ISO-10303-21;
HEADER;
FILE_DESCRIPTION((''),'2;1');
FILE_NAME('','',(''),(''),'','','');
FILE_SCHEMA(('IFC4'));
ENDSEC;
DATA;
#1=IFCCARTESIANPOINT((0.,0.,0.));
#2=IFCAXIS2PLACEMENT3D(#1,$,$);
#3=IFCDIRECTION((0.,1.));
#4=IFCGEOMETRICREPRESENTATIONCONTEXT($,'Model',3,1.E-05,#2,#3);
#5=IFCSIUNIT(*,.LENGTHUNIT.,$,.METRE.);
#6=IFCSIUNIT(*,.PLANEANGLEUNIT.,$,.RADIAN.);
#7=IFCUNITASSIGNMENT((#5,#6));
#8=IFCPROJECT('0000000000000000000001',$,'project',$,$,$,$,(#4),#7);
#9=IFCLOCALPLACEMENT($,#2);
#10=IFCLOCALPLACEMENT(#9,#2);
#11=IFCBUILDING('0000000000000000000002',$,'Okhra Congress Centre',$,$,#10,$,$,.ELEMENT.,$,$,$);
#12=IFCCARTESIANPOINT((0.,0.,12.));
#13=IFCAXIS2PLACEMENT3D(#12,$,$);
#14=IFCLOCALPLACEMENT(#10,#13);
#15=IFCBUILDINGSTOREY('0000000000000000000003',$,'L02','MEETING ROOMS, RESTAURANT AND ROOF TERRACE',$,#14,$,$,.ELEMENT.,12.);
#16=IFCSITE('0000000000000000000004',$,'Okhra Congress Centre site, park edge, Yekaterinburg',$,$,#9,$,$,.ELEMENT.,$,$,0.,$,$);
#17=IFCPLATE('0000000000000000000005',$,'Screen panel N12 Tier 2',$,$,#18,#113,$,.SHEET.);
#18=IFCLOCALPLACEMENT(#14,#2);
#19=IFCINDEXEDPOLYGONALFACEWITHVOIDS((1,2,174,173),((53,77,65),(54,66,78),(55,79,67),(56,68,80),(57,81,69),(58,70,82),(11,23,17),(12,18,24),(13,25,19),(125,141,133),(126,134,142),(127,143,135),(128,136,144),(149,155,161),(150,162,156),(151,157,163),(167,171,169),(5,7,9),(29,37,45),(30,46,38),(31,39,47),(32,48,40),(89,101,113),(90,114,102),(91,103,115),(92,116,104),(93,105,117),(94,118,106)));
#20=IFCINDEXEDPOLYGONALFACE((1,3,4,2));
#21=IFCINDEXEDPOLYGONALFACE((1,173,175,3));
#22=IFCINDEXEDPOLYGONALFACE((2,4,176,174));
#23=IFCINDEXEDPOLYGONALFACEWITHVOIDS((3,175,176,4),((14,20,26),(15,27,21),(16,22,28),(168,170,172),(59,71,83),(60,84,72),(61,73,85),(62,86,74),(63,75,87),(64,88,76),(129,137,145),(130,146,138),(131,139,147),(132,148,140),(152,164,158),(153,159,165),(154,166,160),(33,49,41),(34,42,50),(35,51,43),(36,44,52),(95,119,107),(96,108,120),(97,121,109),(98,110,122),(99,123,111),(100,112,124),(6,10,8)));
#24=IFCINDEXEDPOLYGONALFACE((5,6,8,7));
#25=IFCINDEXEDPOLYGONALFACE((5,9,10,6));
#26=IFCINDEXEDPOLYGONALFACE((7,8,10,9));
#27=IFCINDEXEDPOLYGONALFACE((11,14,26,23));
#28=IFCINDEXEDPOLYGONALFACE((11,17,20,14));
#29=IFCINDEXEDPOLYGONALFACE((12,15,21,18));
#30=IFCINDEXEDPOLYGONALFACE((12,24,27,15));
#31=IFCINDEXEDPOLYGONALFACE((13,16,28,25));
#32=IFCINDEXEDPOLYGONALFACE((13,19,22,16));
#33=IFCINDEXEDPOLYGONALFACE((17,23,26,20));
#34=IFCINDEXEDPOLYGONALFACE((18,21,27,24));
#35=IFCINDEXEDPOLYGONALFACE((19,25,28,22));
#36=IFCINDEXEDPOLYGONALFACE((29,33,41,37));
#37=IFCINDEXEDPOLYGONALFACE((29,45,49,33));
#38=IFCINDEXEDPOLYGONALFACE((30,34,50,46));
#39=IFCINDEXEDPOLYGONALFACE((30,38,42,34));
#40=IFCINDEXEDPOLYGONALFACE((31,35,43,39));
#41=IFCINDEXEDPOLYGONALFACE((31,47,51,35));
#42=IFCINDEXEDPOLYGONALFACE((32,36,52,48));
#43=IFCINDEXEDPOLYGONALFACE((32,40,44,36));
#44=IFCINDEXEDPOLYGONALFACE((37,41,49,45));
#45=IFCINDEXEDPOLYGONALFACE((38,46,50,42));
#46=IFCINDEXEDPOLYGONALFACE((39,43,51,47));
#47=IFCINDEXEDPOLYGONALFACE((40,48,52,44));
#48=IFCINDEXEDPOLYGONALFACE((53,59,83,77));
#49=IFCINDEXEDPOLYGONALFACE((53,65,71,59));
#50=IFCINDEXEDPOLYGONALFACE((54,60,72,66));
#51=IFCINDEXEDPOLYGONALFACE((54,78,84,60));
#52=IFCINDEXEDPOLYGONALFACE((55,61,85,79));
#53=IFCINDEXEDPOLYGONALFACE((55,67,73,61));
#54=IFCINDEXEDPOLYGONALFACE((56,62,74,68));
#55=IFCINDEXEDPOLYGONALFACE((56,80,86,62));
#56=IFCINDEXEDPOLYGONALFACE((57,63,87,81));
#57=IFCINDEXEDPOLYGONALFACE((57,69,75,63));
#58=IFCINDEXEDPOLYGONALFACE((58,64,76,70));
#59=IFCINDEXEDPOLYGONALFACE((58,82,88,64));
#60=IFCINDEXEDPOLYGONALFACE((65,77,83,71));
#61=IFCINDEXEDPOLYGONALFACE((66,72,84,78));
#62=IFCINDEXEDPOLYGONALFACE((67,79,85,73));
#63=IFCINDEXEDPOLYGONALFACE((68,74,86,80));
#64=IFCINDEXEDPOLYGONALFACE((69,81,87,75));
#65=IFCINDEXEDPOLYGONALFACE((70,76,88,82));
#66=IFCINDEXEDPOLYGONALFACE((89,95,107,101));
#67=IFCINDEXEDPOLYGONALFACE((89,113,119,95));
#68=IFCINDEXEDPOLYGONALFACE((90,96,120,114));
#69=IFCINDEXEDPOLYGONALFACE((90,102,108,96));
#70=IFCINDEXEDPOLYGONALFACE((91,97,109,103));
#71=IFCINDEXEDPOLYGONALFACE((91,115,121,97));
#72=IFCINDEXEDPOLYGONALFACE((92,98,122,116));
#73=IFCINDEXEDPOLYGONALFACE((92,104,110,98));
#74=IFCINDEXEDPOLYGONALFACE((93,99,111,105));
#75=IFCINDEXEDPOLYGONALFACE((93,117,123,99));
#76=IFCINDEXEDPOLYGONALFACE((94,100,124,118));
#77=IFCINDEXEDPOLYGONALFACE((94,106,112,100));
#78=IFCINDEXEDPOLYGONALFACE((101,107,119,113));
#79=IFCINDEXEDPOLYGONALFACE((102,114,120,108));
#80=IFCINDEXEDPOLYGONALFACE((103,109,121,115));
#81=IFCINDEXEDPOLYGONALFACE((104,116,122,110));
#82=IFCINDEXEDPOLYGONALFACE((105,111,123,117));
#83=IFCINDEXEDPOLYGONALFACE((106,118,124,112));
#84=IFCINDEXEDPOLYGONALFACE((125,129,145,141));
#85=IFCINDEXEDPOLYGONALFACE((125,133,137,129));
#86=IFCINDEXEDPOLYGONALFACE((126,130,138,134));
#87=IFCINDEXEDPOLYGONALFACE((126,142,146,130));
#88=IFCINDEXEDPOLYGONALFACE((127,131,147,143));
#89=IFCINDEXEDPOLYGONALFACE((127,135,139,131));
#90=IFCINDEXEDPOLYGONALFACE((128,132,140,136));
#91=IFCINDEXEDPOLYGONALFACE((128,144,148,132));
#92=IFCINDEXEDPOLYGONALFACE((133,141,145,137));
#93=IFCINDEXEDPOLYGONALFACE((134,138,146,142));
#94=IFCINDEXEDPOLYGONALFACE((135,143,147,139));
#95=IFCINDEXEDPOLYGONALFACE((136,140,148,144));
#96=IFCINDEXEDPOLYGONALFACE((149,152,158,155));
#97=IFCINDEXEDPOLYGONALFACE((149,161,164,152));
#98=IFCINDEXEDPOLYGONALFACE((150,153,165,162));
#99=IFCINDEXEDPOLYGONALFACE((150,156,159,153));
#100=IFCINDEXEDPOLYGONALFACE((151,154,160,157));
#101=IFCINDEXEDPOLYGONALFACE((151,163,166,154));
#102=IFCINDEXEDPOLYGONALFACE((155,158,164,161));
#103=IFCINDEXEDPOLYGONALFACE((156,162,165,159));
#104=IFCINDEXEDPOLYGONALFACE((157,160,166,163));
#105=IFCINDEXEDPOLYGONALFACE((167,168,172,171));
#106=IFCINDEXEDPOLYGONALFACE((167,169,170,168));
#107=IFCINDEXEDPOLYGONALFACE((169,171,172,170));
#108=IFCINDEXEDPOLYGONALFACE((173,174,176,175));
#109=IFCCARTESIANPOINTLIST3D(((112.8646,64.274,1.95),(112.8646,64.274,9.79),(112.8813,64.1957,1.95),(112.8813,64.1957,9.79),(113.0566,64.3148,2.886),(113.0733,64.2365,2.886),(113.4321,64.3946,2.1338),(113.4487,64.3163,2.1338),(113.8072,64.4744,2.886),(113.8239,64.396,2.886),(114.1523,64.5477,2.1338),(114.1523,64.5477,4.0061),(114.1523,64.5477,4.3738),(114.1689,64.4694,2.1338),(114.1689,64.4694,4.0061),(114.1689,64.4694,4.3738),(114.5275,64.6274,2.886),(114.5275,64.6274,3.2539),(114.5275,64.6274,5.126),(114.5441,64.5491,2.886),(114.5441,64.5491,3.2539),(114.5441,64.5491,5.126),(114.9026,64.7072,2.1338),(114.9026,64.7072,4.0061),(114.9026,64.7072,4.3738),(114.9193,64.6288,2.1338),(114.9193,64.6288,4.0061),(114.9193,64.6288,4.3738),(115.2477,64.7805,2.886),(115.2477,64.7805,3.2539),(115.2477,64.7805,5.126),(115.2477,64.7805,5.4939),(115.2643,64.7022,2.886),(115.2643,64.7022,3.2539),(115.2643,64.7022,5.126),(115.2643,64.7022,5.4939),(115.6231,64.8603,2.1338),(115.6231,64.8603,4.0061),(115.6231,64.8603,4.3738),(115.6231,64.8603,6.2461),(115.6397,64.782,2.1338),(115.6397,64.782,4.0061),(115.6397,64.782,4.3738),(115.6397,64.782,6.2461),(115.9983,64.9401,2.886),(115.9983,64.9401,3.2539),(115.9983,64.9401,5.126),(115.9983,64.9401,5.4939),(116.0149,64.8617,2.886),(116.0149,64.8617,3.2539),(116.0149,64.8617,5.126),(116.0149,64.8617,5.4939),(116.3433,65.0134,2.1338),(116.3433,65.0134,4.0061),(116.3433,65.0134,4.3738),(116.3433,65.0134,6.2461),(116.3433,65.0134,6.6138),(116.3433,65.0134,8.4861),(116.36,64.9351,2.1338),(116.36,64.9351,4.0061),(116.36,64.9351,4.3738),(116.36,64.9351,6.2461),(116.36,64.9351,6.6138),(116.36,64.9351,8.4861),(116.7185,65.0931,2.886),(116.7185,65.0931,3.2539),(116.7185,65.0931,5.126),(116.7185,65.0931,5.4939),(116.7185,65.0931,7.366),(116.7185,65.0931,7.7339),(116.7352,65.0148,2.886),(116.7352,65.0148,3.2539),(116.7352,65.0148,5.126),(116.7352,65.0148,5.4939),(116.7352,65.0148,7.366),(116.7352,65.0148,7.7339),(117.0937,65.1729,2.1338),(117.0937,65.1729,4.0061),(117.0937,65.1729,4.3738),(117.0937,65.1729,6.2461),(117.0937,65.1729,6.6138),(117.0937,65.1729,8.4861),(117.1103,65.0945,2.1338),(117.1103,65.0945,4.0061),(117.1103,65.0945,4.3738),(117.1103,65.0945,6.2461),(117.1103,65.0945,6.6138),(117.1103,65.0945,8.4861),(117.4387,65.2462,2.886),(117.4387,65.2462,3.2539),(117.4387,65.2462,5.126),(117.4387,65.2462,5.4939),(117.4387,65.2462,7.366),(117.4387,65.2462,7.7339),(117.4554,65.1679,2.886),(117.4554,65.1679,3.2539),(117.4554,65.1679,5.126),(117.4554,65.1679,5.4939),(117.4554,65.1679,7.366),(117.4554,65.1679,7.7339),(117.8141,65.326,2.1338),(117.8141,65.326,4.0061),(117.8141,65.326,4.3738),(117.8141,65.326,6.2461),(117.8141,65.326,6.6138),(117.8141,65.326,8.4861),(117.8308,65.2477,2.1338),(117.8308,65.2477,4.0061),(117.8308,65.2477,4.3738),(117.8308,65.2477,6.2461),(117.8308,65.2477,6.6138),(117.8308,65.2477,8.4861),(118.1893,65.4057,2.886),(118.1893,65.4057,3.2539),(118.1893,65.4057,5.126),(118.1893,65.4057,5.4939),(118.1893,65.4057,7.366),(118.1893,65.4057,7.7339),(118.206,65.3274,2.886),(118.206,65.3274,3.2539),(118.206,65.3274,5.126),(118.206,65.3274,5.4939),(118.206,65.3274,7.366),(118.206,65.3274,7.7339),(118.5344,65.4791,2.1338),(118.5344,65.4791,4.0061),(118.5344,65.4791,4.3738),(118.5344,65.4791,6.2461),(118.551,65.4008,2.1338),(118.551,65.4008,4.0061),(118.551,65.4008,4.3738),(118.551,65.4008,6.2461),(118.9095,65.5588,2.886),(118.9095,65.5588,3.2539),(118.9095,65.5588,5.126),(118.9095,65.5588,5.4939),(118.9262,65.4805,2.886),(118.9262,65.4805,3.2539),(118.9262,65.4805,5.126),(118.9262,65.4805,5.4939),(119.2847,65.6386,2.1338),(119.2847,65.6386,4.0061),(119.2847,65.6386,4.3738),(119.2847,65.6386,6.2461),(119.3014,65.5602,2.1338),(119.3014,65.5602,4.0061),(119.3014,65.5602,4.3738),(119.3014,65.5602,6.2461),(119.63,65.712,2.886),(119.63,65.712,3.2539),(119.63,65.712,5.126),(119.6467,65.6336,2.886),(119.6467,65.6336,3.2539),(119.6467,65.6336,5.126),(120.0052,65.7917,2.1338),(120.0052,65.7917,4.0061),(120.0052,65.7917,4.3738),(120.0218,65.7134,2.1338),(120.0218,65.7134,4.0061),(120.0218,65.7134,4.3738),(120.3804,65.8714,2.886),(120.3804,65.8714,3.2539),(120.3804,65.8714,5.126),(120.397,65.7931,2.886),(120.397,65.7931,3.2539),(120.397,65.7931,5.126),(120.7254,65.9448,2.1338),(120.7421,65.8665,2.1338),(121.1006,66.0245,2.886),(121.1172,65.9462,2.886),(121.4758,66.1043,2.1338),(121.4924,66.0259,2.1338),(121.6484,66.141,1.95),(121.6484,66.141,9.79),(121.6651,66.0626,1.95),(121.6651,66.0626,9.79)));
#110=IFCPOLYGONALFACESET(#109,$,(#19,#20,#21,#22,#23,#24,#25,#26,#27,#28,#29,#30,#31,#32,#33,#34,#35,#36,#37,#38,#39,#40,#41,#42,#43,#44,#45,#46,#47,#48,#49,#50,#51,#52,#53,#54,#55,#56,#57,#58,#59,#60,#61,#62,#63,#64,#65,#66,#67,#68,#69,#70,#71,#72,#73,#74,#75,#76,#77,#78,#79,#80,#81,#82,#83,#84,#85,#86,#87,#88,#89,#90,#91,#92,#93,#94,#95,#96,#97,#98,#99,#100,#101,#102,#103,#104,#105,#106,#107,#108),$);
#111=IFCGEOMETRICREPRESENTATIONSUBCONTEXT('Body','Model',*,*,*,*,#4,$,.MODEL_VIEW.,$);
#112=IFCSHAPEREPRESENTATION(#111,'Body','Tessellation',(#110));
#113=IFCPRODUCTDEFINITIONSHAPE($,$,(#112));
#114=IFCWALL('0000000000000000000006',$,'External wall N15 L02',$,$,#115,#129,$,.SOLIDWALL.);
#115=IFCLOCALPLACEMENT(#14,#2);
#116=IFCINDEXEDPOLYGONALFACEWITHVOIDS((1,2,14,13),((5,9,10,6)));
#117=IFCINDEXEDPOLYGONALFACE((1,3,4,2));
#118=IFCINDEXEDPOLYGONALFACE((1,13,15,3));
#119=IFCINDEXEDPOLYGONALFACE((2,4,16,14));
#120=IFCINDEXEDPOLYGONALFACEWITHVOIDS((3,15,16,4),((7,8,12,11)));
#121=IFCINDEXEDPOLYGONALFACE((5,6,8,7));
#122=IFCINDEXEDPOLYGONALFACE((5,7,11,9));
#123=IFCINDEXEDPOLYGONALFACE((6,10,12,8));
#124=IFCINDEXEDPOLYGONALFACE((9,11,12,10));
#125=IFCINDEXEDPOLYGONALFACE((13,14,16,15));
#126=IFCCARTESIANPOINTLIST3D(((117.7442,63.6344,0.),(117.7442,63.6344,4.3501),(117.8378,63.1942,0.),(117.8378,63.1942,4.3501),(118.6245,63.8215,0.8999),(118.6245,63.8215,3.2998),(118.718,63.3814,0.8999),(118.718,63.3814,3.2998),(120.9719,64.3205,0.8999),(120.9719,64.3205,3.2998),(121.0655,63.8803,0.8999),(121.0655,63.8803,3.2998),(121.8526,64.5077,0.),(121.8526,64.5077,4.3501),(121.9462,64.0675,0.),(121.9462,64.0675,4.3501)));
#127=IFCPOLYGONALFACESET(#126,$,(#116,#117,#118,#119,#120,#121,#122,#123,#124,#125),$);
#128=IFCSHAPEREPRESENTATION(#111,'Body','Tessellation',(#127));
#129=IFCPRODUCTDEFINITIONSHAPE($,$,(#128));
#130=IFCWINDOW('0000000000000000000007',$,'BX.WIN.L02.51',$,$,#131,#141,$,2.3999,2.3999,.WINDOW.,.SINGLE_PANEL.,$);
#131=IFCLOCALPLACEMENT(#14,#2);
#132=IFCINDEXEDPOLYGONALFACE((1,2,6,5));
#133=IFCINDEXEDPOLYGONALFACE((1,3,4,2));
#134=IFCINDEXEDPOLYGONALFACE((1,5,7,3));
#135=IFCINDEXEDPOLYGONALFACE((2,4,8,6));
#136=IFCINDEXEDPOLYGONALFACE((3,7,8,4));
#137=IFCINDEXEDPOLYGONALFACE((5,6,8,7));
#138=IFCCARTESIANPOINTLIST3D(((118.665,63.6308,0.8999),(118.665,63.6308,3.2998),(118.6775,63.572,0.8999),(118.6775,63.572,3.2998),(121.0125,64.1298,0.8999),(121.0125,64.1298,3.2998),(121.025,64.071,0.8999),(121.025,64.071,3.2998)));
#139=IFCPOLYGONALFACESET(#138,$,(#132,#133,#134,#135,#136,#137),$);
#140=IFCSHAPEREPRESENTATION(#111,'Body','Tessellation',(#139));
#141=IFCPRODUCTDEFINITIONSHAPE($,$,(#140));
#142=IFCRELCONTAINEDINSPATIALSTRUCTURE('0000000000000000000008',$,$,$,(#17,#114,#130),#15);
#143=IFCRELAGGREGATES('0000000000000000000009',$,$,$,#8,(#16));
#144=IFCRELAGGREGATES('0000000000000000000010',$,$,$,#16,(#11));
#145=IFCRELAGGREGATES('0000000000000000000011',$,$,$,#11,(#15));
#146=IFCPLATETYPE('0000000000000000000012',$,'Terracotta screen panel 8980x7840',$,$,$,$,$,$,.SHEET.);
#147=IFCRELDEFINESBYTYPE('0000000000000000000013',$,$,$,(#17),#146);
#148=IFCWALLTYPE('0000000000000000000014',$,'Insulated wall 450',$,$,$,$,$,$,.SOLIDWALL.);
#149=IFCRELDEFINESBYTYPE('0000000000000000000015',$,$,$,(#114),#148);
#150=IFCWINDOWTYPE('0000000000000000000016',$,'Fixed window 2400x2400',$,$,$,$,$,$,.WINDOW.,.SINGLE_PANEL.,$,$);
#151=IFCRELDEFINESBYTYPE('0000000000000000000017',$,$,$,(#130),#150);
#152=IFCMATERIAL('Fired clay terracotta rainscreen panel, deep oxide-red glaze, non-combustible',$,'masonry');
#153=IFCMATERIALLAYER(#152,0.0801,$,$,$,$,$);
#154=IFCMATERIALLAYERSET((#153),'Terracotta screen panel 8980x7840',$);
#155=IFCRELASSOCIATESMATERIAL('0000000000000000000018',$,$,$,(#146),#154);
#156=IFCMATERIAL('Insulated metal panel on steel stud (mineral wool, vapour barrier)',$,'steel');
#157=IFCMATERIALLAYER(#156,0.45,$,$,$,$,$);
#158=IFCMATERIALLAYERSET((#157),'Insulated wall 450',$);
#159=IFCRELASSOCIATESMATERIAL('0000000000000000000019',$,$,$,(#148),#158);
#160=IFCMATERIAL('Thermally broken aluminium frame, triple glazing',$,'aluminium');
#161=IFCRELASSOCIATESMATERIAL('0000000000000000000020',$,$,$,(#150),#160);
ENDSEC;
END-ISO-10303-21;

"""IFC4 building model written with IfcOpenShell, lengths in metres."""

from ifc_helpers import new_model, si_unit, direction, frame, frame_2d, origin, place, context, subcontext, project, spatial, polyline, rectangle, outline, extrude, material, layer, layer_set, type_object, element, fill, save


model = new_model("IFC4")

# Units and contexts
model_context = context("Model", 3, precision=1e-05, world=origin(), true_north=direction((0.0, 1.0)))
body_context = subcontext(model_context, "Body", "Model", "MODEL_VIEW")
ifc_project = project(units=[si_unit("LENGTHUNIT", "METRE"), si_unit("PLANEANGLEUNIT", "RADIAN")], contexts=[model_context])

# Site, building, storey
site_placement = place(None, origin())
site = spatial("IfcSite", under=ifc_project, at=site_placement, Name="Okhra Congress Centre site, park edge, Yekaterinburg", CompositionType="ELEMENT", RefElevation=0.0)
building_placement = place(site_placement, origin())
building = spatial("IfcBuilding", under=site, at=building_placement, Name="Okhra Congress Centre", CompositionType="ELEMENT")
storey_placement = place(building_placement, frame((0.0, 0.0, 12.0)))
storey = spatial("IfcBuildingStorey", under=building, at=storey_placement, Name="L02", Description="MEETING ROOMS, RESTAURANT AND ROOF TERRACE", CompositionType="ELEMENT", Elevation=12.0)

# Plate
ifc_material_1 = material(Name="Fired clay terracotta rainscreen panel, deep oxide-red glaze, non-combustible", Category="masonry")
ifc_layer_1 = layer(ifc_material_1, 0.0801)
ifc_layer_set_1 = layer_set([ifc_layer_1], Name="Terracotta screen panel 8980x7840")
plate_type = type_object("IfcPlateType", Name="Terracotta screen panel 8980x7840", PredefinedType="SHEET", material=ifc_layer_set_1)
plate_placement = place(storey_placement, frame((121.6567, 66.1018, 1.95), z_axis=(0.0, 0.0, 1.0), x_axis=(-0.97815, -0.207902, 0.0)))
element("IfcPlate", 1, at=plate_placement, inside=storey, type_object=plate_type, Name="Screen panel N12 Tier 2", PredefinedType="SHEET", context=body_context, shape_type="SweptSolid", body=[
    extrude(outline(polyline([(0.0, 0.0), (8.98, 0.0), (8.98, 7.8401), (0.0, 7.8401), (0.0, 0.0)]), holes=[polyline([(0.1765, 0.1838), (0.9436, 0.1838), (0.5601, 0.936), (0.1765, 0.1838)]), polyline([(1.2964, 0.936), (1.6799, 0.1838), (2.0635, 0.936), (1.2964, 0.936)]), polyline([(2.4165, 0.1838), (3.1836, 0.1838), (2.8, 0.936), (2.4165, 0.1838)]), polyline([(3.5364, 0.936), (3.9199, 0.1838), (4.3037, 0.936), (3.5364, 0.936)]), polyline([(4.6565, 0.1838), (5.4236, 0.1838), (5.04, 0.936), (4.6565, 0.1838)]), polyline([(5.7764, 0.936), (6.1599, 0.1838), (6.5437, 0.936), (5.7764, 0.936)]), polyline([(6.8965, 0.1838), (7.6636, 0.1838), (7.28, 0.936), (6.8965, 0.1838)]), polyline([(8.0164, 0.936), (8.3999, 0.1838), (8.7837, 0.936), (8.0164, 0.936)]), polyline([(1.2964, 1.304), (2.0635, 1.304), (1.6799, 2.0562), (1.2964, 1.304)]), polyline([(2.4165, 2.0562), (2.8, 1.304), (3.1836, 2.0562), (2.4165, 2.0562)]), polyline([(3.5364, 1.304), (4.3037, 1.304), (3.9199, 2.0562), (3.5364, 1.304)]), polyline([(4.6565, 2.0562), (5.04, 1.304), (5.4236, 2.0562), (4.6565, 2.0562)]), polyline([(5.7764, 1.304), (6.5437, 1.304), (6.1599, 2.0562), (5.7764, 1.304)]), polyline([(6.8965, 2.0562), (7.28, 1.304), (7.6636, 2.0562), (6.8965, 2.0562)]), polyline([(1.2964, 3.176), (1.6799, 2.4238), (2.0635, 3.176), (1.2964, 3.176)]), polyline([(2.4165, 2.4238), (3.1836, 2.4238), (2.8, 3.176), (2.4165, 2.4238)]), polyline([(3.5364, 3.176), (3.9199, 2.4238), (4.3037, 3.176), (3.5364, 3.176)]), polyline([(4.6565, 2.4238), (5.4236, 2.4238), (5.04, 3.176), (4.6565, 2.4238)]), polyline([(5.7764, 3.176), (6.1599, 2.4238), (6.5437, 3.176), (5.7764, 3.176)]), polyline([(6.8965, 2.4238), (7.6636, 2.4238), (7.28, 3.176), (6.8965, 2.4238)]), polyline([(2.4165, 4.2961), (2.8, 3.5439), (3.1836, 4.2961), (2.4165, 4.2961)]), polyline([(3.5364, 3.5439), (4.3037, 3.5439), (3.9199, 4.2961), (3.5364, 3.5439)]), polyline([(4.6565, 4.2961), (5.04, 3.5439), (5.4236, 4.2961), (4.6565, 4.2961)]), polyline([(5.7764, 3.5439), (6.5437, 3.5439), (6.1599, 4.2961), (5.7764, 3.5439)]), polyline([(3.5364, 5.416), (3.9199, 4.6638), (4.3037, 5.416), (3.5364, 5.416)]), polyline([(4.6565, 4.6638), (5.4236, 4.6638), (5.04, 5.416), (4.6565, 4.6638)]), polyline([(3.5364, 5.7839), (4.3037, 5.7839), (3.9199, 6.5361), (3.5364, 5.7839)]), polyline([(4.6565, 6.5361), (5.04, 5.7839), (5.4236, 6.5361), (4.6565, 6.5361)])]), frame((0.0, 0.04, 0.0), z_axis=(0.0, -1.0, 0.0), x_axis=(1.0, 0.0, 0.0)), (0.0, 0.0, 1.0), 0.0801),
])

# Wall, opening, window
ifc_material_2 = material(Name="Insulated metal panel on steel stud (mineral wool, vapour barrier)", Category="steel")
ifc_layer_2 = layer(ifc_material_2, 0.45)
ifc_layer_set_2 = layer_set([ifc_layer_2], Name="Insulated wall 450")
wall_type_1 = type_object("IfcWallType", Name="Insulated wall 450", PredefinedType="SOLIDWALL", material=ifc_layer_set_2)
wall_1_placement = place(storey_placement, frame((117.791, 63.4143, 0.0), z_axis=(0.0, 0.0, 1.0), x_axis=(0.978146, 0.207917, 0.0)))
wall_1 = element("IfcWall", 2, at=wall_1_placement, inside=storey, type_object=wall_type_1, Name="External wall N15 L02", PredefinedType="SOLIDWALL", context=body_context, shape_type="SweptSolid", body=[
    extrude(rectangle(XDim=4.2002, YDim=0.45, at=frame_2d((2.1001, 0.0))), origin(), (0.0, 0.0, 1.0), 4.3501),
])
opening_1_placement = place(wall_1_placement, frame((0.8999, 0.0, 0.8999)))
opening_1 = element("IfcOpeningElement", 3, at=opening_1_placement, cuts=wall_1, PredefinedType="OPENING", context=body_context, shape_type="SweptSolid", body=[
    extrude(rectangle(XDim=2.3999, YDim=2.3999, at=frame_2d((1.2, 1.2))), frame((0.0, 0.2349, 0.0), z_axis=(0.0, -1.0, 0.0), x_axis=(1.0, 0.0, 0.0)), (0.0, 0.0, 1.0), 0.47),
])
ifc_material_3 = material(Name="Thermally broken aluminium frame, triple glazing", Category="aluminium")
window_type = type_object("IfcWindowType", Name="Fixed window 2400x2400", PartitioningType="SINGLE_PANEL", PredefinedType="WINDOW", material=ifc_material_3)
window_1_placement = place(opening_1_placement, origin())
window_1 = element("IfcWindow", 4, at=window_1_placement, inside=storey, type_object=window_type, Name="BX.WIN.L02.51", OverallHeight=2.3999, OverallWidth=2.3999, PartitioningType="SINGLE_PANEL", PredefinedType="WINDOW", context=body_context, shape_type="SweptSolid", body=[
    extrude(rectangle(XDim=2.3999, YDim=2.3999, at=frame_2d((1.2, 1.2))), frame((0.0, 0.03, 0.0), z_axis=(0.0, -1.0, 0.0), x_axis=(1.0, 0.0, 0.0)), (0.0, 0.0, 1.0), 0.0601),
])
fill(opening_1, window_1)

save(model, "model.ifc")
